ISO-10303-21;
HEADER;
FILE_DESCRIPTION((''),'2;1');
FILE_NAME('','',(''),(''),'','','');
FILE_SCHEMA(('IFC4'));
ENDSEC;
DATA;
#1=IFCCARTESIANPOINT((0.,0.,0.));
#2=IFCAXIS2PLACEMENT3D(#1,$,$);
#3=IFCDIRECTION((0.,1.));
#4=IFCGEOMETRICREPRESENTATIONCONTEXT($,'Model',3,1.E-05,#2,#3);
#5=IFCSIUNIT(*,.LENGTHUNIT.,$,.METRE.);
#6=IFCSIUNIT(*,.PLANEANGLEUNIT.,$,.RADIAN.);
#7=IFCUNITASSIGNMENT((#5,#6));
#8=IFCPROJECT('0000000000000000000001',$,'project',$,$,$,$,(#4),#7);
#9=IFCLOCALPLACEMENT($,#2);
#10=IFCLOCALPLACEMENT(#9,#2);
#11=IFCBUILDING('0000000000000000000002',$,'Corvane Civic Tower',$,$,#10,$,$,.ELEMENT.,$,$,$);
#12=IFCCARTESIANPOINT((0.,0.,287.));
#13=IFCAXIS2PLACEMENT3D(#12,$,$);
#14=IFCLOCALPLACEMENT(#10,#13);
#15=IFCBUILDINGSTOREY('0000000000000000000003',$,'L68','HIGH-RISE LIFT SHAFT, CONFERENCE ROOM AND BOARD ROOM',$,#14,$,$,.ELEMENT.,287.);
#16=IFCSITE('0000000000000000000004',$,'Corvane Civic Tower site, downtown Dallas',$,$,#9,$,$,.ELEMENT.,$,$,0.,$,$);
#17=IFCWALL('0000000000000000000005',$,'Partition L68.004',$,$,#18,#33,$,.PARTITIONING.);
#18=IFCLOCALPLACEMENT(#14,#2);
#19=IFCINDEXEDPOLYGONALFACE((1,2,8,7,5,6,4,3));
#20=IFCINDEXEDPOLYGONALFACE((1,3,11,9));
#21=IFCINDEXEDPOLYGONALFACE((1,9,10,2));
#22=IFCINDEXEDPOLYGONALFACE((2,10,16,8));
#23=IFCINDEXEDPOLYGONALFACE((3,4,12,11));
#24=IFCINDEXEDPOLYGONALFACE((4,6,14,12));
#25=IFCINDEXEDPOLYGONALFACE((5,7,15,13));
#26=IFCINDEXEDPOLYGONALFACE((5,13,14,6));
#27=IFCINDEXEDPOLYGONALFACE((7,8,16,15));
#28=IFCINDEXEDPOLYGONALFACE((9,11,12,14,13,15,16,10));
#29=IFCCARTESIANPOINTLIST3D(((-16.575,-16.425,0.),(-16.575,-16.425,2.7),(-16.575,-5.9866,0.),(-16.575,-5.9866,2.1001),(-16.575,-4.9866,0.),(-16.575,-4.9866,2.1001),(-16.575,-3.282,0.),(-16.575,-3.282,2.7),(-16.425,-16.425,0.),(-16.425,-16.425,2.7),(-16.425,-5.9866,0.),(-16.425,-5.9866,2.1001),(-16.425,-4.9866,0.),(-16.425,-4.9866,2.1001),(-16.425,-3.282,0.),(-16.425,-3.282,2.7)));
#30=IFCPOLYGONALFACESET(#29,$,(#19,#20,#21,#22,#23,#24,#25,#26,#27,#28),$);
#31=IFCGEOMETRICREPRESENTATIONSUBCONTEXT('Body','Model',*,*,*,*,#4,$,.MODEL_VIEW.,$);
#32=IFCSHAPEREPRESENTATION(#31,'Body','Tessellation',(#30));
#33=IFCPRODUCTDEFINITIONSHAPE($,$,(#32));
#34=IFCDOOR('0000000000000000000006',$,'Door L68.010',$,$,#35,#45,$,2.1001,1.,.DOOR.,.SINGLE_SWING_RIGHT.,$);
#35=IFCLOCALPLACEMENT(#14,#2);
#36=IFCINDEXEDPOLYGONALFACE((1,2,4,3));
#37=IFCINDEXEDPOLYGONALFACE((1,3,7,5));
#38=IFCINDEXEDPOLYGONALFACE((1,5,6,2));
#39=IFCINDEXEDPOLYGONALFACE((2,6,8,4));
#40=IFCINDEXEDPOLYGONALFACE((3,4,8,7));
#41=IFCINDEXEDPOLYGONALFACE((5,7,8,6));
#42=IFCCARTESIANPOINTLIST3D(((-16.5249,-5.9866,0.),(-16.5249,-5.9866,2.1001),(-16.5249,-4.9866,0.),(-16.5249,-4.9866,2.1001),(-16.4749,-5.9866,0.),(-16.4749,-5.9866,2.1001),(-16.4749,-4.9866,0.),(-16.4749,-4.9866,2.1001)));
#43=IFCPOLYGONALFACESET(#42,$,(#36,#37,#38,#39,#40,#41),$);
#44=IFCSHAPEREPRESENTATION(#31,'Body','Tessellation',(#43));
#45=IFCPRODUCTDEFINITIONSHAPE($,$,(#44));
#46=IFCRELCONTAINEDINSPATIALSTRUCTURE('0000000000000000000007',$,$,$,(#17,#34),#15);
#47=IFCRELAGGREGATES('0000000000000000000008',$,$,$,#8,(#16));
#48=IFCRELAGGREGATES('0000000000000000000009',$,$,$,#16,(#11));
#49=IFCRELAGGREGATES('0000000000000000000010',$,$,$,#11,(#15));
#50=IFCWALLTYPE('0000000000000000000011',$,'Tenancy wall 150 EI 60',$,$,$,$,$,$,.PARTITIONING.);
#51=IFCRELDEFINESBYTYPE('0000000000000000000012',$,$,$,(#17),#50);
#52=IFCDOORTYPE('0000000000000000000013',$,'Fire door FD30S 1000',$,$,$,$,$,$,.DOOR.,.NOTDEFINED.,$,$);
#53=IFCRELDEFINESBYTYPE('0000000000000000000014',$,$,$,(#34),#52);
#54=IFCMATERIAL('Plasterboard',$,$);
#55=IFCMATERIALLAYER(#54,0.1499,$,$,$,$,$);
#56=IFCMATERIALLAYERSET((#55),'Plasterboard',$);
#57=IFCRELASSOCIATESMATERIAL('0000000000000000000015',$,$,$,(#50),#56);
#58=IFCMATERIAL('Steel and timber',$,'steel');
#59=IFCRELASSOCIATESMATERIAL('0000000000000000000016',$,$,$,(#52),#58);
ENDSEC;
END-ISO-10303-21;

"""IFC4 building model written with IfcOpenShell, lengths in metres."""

from ifc_helpers import new_model, si_unit, direction, frame, frame_2d, origin, place, context, subcontext, project, spatial, rectangle, extrude, material, layer, layer_set, type_object, element, fill, save


model = new_model("IFC4")

# Units and contexts
model_context = context("Model", 3, precision=1e-05, world=origin(), true_north=direction((0.0, 1.0)))
body_context = subcontext(model_context, "Body", "Model", "MODEL_VIEW")
ifc_project = project(units=[si_unit("LENGTHUNIT", "METRE"), si_unit("PLANEANGLEUNIT", "RADIAN")], contexts=[model_context])

# Site, building, storey
site_placement = place(None, origin())
site = spatial("IfcSite", under=ifc_project, at=site_placement, Name="Corvane Civic Tower site, downtown Dallas", CompositionType="ELEMENT", RefElevation=0.0)
building_placement = place(site_placement, origin())
building = spatial("IfcBuilding", under=site, at=building_placement, Name="Corvane Civic Tower", CompositionType="ELEMENT")
storey_placement = place(building_placement, frame((0.0, 0.0, 287.0)))
storey = spatial("IfcBuildingStorey", under=building, at=storey_placement, Name="L68", Description="HIGH-RISE LIFT SHAFT, CONFERENCE ROOM AND BOARD ROOM", CompositionType="ELEMENT", Elevation=287.0)

# Shared definitions
ifc_material_1 = material(Name="Plasterboard")
ifc_layer_1 = layer(ifc_material_1, 0.1499)
ifc_layer_set_1 = layer_set([ifc_layer_1], Name="Plasterboard")
wall_type_1 = type_object("IfcWallType", Name="Tenancy wall 150 EI 60", PredefinedType="PARTITIONING", material=ifc_layer_set_1)
ifc_material_2 = material(Name="Steel and timber", Category="steel")
door_type = type_object("IfcDoorType", Name="Fire door FD30S 1000", OperationType="NOTDEFINED", PredefinedType="DOOR", material=ifc_material_2)

# Wall, opening, door
wall_1_placement = place(storey_placement, frame((-16.5, -16.425, 0.0), z_axis=(0.0, 0.0, 1.0), x_axis=(0.0, 1.0, 0.0)))
wall_1 = element("IfcWall", 1, at=wall_1_placement, inside=storey, type_object=wall_type_1, Name="Partition L68.004", PredefinedType="PARTITIONING", context=body_context, shape_type="SweptSolid", body=[
    extrude(rectangle(XDim=13.1431, YDim=0.1499, at=frame_2d((6.5715, 0.0))), origin(), (0.0, 0.0, 1.0), 2.7),
])
opening_1_placement = place(wall_1_placement, frame((10.4385, 0.0, 0.0)))
opening_1 = element("IfcOpeningElement", 2, at=opening_1_placement, cuts=wall_1, PredefinedType="OPENING", context=body_context, shape_type="SweptSolid", body=[
    extrude(rectangle(XDim=1.0, YDim=2.1001, at=frame_2d((0.5, 1.05))), frame((0.0, 0.085, 0.0), z_axis=(0.0, -1.0, 0.0), x_axis=(1.0, 0.0, 0.0)), (0.0, 0.0, 1.0), 0.1699),
])
door_1_placement = place(opening_1_placement, origin())
door_1 = element("IfcDoor", 3, at=door_1_placement, inside=storey, type_object=door_type, Name="Door L68.010", OperationType="SINGLE_SWING_RIGHT", OverallHeight=2.1001, OverallWidth=1.0, PredefinedType="DOOR", context=body_context, shape_type="SweptSolid", body=[
    extrude(rectangle(XDim=1.0, YDim=2.1001, at=frame_2d((0.5, 1.05))), frame((0.0, 0.0249, 0.0), z_axis=(0.0, -1.0, 0.0), x_axis=(1.0, 0.0, 0.0)), (0.0, 0.0, 1.0), 0.05),
])
fill(opening_1, door_1)

save(model, "model.ifc")
